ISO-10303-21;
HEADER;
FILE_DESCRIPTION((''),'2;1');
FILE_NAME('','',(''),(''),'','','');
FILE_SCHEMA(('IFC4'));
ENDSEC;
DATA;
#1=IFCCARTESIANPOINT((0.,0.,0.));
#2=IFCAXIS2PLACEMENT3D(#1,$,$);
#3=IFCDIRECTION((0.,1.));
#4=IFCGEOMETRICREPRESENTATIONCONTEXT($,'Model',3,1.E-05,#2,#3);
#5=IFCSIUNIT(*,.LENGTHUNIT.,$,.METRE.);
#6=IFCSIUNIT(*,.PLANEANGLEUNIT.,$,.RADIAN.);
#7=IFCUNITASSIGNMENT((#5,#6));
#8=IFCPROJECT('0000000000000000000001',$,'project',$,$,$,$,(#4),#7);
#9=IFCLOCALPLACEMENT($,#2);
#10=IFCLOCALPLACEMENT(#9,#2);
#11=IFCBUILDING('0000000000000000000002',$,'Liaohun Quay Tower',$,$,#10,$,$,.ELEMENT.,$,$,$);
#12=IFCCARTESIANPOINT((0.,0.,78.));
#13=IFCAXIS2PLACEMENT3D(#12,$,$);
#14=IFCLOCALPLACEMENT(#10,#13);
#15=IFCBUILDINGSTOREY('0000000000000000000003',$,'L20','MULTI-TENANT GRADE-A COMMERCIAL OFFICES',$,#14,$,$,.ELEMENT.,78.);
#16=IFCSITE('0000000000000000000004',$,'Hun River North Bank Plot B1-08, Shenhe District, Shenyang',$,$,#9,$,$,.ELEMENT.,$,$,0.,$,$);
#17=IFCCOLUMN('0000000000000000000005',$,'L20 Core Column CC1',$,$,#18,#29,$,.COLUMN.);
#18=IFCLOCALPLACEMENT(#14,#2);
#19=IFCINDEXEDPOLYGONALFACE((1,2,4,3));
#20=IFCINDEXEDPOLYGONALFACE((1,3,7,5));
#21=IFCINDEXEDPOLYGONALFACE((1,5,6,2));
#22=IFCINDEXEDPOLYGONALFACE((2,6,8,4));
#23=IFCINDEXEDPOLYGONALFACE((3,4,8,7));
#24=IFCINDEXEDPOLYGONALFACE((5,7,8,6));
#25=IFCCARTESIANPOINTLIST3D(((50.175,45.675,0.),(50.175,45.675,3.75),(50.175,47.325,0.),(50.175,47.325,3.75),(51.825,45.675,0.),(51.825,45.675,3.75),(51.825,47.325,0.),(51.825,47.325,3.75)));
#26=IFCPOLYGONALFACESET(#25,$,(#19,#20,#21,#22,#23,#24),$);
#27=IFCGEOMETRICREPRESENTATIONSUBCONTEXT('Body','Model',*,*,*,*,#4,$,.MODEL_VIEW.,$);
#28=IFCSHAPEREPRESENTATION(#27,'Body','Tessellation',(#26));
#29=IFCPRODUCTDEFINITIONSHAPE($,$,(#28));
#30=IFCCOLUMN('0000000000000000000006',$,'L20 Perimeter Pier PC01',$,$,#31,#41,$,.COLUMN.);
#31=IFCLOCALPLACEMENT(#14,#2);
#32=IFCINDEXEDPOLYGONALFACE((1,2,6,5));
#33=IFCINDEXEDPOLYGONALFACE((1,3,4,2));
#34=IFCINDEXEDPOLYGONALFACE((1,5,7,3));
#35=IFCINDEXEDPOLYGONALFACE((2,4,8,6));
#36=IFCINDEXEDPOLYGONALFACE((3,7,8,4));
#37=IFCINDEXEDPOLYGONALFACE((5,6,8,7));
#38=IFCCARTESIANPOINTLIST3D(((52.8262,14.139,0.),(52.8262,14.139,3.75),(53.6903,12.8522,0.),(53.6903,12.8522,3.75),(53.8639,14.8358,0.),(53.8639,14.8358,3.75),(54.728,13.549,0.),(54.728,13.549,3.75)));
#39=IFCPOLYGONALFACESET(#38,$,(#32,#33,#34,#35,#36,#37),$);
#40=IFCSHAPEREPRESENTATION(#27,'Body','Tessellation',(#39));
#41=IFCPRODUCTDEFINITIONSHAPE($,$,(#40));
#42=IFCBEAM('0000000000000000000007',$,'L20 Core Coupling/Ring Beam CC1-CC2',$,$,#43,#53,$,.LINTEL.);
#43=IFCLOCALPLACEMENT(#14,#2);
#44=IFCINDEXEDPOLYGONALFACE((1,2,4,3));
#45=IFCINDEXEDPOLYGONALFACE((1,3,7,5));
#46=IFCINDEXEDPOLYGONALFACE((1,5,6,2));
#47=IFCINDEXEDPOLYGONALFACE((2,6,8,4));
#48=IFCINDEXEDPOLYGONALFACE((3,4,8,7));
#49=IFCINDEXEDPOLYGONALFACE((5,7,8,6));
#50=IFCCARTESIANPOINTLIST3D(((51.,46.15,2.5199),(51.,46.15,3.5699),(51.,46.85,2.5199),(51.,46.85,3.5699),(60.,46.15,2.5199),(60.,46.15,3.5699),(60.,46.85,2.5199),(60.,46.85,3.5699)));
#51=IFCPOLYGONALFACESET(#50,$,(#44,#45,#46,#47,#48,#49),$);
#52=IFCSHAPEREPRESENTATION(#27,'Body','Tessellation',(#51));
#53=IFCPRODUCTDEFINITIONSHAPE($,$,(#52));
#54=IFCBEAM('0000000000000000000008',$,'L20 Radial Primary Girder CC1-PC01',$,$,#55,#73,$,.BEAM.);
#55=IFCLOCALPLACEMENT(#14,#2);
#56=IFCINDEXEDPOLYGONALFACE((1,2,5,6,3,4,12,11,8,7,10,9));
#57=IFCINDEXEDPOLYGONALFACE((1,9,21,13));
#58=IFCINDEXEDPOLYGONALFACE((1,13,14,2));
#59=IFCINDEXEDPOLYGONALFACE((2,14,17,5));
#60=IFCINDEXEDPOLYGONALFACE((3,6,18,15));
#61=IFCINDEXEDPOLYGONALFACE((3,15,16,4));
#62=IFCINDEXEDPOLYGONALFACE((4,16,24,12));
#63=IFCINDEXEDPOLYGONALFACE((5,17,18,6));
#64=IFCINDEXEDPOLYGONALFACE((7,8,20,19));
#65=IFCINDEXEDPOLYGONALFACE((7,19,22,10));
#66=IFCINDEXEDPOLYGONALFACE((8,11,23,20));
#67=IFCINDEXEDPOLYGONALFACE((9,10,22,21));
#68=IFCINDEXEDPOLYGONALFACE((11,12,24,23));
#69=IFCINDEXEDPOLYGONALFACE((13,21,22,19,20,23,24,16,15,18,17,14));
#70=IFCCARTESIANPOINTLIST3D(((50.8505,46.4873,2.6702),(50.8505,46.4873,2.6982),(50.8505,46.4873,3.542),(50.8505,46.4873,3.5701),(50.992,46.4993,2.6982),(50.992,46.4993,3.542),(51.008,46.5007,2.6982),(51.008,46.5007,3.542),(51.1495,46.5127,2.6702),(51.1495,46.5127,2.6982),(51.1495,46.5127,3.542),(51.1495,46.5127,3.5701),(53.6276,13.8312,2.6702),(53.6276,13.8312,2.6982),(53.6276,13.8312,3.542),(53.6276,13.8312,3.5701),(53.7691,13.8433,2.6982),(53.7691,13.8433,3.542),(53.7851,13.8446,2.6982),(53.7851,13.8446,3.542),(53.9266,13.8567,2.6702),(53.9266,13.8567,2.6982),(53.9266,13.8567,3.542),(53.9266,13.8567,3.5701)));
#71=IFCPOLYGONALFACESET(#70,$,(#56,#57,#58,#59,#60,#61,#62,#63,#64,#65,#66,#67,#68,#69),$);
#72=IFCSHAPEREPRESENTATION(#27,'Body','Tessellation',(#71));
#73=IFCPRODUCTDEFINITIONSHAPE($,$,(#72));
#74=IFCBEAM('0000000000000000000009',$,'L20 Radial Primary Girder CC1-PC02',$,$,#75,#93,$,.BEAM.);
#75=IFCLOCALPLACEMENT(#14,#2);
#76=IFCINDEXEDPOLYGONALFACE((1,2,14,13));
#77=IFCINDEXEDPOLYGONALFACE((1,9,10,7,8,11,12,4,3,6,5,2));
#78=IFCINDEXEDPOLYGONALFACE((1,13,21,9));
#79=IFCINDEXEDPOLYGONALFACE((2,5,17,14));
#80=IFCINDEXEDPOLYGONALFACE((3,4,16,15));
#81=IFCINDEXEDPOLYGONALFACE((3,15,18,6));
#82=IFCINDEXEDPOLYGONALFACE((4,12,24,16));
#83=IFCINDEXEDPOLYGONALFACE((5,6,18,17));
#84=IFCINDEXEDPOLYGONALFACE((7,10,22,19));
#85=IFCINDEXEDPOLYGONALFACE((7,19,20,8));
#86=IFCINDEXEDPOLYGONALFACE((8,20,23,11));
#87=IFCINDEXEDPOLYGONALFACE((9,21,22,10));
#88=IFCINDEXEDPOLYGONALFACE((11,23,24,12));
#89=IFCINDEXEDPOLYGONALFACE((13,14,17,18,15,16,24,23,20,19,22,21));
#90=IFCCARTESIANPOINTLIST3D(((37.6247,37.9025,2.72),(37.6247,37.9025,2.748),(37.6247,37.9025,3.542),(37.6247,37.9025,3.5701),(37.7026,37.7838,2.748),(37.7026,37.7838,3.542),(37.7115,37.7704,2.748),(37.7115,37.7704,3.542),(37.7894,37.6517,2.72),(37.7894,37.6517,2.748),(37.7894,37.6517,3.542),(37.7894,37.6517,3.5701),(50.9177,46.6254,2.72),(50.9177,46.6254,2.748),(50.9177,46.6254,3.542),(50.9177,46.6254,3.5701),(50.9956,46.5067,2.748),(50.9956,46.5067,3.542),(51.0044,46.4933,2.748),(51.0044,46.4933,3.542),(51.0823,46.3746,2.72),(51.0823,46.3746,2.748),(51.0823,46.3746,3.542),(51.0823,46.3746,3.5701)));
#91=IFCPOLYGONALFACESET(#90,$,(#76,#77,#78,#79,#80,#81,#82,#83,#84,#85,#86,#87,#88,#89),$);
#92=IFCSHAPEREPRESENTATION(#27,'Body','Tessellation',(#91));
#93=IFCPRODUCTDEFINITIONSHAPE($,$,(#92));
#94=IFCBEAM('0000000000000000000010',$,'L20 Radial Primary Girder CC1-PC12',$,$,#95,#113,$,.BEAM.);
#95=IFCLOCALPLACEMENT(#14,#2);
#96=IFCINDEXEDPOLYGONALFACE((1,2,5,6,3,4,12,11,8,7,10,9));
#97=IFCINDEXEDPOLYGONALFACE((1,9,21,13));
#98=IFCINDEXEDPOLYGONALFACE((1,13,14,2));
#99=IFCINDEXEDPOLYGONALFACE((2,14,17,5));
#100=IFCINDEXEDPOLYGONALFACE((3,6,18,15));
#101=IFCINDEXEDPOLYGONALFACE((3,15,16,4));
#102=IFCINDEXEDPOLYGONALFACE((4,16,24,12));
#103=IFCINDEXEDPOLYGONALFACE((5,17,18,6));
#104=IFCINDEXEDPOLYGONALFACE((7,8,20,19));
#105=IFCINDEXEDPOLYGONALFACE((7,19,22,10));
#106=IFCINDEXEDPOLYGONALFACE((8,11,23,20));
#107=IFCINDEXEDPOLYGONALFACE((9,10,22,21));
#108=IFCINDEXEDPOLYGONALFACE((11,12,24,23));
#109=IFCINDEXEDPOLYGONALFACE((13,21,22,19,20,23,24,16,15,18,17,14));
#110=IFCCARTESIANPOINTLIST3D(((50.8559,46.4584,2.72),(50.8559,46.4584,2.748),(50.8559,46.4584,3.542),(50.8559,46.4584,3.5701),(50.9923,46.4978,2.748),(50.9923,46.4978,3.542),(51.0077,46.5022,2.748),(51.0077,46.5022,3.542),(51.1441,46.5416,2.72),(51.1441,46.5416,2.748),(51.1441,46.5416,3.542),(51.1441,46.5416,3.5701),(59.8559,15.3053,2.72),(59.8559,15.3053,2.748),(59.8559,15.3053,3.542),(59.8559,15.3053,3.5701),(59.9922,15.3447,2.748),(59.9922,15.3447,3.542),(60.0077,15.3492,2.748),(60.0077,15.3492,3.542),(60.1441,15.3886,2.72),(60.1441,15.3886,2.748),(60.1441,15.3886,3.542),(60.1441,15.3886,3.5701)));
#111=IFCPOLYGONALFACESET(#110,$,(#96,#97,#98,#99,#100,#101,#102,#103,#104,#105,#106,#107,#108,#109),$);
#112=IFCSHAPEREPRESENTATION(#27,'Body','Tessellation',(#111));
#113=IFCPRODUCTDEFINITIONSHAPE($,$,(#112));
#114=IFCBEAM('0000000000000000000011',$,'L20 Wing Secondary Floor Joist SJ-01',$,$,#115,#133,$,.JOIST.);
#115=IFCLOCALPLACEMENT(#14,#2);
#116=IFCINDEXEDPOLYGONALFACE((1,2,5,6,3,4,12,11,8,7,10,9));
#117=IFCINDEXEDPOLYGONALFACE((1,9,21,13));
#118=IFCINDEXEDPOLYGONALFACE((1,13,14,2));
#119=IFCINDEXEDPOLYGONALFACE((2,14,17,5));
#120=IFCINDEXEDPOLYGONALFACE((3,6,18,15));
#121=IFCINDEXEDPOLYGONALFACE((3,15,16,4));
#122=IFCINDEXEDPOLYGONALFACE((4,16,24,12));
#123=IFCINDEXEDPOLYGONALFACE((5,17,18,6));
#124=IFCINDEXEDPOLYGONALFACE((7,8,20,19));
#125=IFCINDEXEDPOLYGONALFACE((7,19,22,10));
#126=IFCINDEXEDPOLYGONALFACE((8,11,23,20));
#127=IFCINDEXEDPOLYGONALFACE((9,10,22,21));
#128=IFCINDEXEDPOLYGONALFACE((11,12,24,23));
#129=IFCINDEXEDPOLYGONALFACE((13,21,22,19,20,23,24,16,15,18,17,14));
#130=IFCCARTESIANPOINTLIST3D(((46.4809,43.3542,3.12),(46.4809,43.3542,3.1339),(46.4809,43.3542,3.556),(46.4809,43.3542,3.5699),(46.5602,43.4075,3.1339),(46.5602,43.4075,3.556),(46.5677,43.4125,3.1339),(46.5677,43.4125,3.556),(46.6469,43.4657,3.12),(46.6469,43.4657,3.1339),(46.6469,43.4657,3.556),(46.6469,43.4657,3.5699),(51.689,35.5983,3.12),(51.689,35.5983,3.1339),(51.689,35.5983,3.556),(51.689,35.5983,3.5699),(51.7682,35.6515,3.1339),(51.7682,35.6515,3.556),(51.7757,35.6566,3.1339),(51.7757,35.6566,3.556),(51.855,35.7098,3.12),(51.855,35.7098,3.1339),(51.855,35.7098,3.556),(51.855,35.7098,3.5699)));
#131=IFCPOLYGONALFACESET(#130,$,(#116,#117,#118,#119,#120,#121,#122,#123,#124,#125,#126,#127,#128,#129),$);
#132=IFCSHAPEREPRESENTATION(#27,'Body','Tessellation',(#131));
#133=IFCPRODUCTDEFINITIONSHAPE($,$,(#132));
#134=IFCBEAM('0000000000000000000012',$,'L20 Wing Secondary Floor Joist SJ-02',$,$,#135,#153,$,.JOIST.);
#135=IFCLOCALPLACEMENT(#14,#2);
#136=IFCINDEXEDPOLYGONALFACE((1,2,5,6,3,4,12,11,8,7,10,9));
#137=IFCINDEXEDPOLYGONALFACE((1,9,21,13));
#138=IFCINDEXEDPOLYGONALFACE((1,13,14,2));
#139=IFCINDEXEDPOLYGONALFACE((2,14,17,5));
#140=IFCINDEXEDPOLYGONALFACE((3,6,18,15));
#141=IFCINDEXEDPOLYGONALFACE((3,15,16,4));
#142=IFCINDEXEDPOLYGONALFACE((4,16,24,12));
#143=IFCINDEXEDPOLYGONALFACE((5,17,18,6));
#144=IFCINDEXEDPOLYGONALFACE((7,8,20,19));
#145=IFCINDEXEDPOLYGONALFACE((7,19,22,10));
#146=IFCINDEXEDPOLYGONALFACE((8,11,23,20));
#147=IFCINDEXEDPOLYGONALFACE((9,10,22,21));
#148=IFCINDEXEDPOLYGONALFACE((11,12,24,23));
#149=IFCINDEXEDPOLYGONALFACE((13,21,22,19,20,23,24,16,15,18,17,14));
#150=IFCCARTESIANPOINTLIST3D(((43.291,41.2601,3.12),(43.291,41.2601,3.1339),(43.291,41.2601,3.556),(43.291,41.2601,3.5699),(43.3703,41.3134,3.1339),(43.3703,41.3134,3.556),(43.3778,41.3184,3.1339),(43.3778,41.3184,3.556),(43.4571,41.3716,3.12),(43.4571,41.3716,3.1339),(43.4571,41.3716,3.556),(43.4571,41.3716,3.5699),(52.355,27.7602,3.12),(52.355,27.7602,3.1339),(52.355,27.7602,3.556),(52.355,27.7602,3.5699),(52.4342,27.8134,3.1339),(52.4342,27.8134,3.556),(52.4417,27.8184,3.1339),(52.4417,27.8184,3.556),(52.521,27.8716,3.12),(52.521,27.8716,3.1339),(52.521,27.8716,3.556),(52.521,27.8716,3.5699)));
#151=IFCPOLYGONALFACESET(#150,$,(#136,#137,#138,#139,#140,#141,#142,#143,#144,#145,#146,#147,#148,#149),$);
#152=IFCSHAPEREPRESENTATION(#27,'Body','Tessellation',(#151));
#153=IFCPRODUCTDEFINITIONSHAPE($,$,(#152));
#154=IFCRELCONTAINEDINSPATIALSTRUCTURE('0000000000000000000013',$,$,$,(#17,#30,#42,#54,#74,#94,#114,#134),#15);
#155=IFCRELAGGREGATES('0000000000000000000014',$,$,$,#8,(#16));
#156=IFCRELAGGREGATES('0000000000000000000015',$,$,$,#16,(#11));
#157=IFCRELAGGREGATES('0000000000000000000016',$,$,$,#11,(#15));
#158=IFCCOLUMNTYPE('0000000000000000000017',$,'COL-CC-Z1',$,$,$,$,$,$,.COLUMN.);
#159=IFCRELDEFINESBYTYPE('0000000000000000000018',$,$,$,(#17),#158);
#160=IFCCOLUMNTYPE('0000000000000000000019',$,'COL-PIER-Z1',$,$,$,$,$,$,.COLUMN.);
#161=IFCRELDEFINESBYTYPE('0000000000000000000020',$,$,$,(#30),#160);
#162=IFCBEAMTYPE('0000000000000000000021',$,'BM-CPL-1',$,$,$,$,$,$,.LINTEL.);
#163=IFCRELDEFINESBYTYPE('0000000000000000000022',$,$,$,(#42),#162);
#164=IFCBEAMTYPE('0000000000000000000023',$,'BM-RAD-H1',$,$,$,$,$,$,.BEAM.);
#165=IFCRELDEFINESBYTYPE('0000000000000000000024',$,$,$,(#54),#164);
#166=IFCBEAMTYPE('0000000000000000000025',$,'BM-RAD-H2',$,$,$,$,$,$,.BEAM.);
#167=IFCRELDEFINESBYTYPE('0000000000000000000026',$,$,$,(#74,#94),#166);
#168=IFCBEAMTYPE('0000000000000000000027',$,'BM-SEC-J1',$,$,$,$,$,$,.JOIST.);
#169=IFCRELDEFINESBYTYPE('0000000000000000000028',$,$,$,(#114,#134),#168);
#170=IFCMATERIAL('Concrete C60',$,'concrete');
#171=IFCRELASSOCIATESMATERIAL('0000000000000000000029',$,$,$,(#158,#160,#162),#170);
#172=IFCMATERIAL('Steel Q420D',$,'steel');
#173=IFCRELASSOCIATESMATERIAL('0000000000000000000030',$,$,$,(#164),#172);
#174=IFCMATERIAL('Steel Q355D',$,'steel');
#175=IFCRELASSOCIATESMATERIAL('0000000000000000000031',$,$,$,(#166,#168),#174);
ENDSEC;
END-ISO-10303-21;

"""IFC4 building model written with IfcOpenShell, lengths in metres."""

from ifc_helpers import new_model, si_unit, direction, frame, origin, origin_2d, place, context, subcontext, project, spatial, rectangle, i_section, extrude, source, transform, mapped, material, material_profile, profile_set, type_object, element, save


model = new_model("IFC4")

# Units and contexts
model_context = context("Model", 3, precision=1e-05, world=origin(), true_north=direction((0.0, 1.0)))
body_context = subcontext(model_context, "Body", "Model", "MODEL_VIEW")
ifc_project = project(units=[si_unit("LENGTHUNIT", "METRE"), si_unit("PLANEANGLEUNIT", "RADIAN")], contexts=[model_context])

# Site, building, storey
site_placement = place(None, origin())
site = spatial("IfcSite", under=ifc_project, at=site_placement, Name="Hun River North Bank Plot B1-08, Shenhe District, Shenyang", CompositionType="ELEMENT", RefElevation=0.0)
building_placement = place(site_placement, origin())
building = spatial("IfcBuilding", under=site, at=building_placement, Name="Liaohun Quay Tower", CompositionType="ELEMENT")
storey_placement = place(building_placement, frame((0.0, 0.0, 78.0)))
storey = spatial("IfcBuildingStorey", under=building, at=storey_placement, Name="L20", Description="MULTI-TENANT GRADE-A COMMERCIAL OFFICES", CompositionType="ELEMENT", Elevation=78.0)

# Columns
ifc_material_1 = material(Name="Concrete C60", Category="concrete")
ifc_material_profile_1 = material_profile(ifc_material_1, rectangle(XDim=1.6499, YDim=1.6499, at=origin_2d()), Name="RC1650x1650")
ifc_profile_set_1 = profile_set([ifc_material_profile_1], Name="Concrete C60")
column_type_1 = type_object("IfcColumnType", Name="COL-CC-Z1", PredefinedType="COLUMN", material=ifc_profile_set_1)
shared_shape_1 = source(origin(), body_context, "Body", "SweptSolid", [
    extrude(rectangle(XDim=1.6499, YDim=1.6499, at=origin_2d()), origin(), (0.0, 0.0, 1.0), 3.75),
])
column_1_placement = place(storey_placement, frame((51.0, 46.5, 0.0), z_axis=(0.0, 0.0, 1.0), x_axis=(1.0, 0.0, 0.0)))
element("IfcColumn", 1, at=column_1_placement, inside=storey, type_object=column_type_1, Name="L20 Core Column CC1", PredefinedType="COLUMN", context=body_context, shape_type="MappedRepresentation", body=[
    mapped(shared_shape_1, transform((0.0, 0.0, 0.0), x_axis=(1.0, 0.0, 0.0), y_axis=(0.0, 1.0, 0.0), z_axis=(0.0, 0.0, 1.0), scale=1.0)),
])
ifc_material_profile_2 = material_profile(ifc_material_1, rectangle(XDim=1.55, YDim=1.25, at=origin_2d()), Name="RC1550x1250")
ifc_profile_set_2 = profile_set([ifc_material_profile_2], Name="Concrete C60")
column_type_2 = type_object("IfcColumnType", Name="COL-PIER-Z1", PredefinedType="COLUMN", material=ifc_profile_set_2)
shared_shape_2 = source(origin(), body_context, "Body", "SweptSolid", [
    extrude(rectangle(XDim=1.55, YDim=1.25, at=origin_2d()), origin(), (0.0, 0.0, 1.0), 3.75),
])
column_2_placement = place(storey_placement, frame((53.7771, 13.844, 0.0), z_axis=(0.0, 0.0, 1.0), x_axis=(-0.557455, 0.830207, 0.0)))
element("IfcColumn", 2, at=column_2_placement, inside=storey, type_object=column_type_2, Name="L20 Perimeter Pier PC01", PredefinedType="COLUMN", context=body_context, shape_type="MappedRepresentation", body=[
    mapped(shared_shape_2, transform((0.0, 0.0, 0.0), x_axis=(1.0, 0.0, 0.0), y_axis=(0.0, 1.0, 0.0), z_axis=(0.0, 0.0, 1.0), scale=1.0)),
])

# Beams
ifc_material_profile_3 = material_profile(ifc_material_1, rectangle(XDim=0.7, YDim=1.05, at=origin_2d()), Name="RC700x1050")
ifc_profile_set_3 = profile_set([ifc_material_profile_3], Name="Concrete C60")
beam_type_1 = type_object("IfcBeamType", Name="BM-CPL-1", PredefinedType="LINTEL", material=ifc_profile_set_3)
shared_shape_3 = source(origin(), body_context, "Body", "SweptSolid", [
    extrude(rectangle(XDim=0.7, YDim=1.05, at=origin_2d()), origin(), (0.0, 0.0, 1.0), 9.0),
])
beam_1_placement = place(storey_placement, frame((51.0, 46.5, 3.0449), z_axis=(1.0, 0.0, 0.0), x_axis=(0.0, 1.0, 0.0)))
element("IfcBeam", 3, at=beam_1_placement, inside=storey, type_object=beam_type_1, Name="L20 Core Coupling/Ring Beam CC1-CC2", PredefinedType="LINTEL", context=body_context, shape_type="MappedRepresentation", body=[
    mapped(shared_shape_3, transform((0.0, 0.0, 0.0), x_axis=(1.0, 0.0, 0.0), y_axis=(0.0, 1.0, 0.0), z_axis=(0.0, 0.0, 1.0), scale=1.0)),
])
ifc_material_2 = material(Name="Steel Q420D", Category="steel")
ifc_material_profile_4 = material_profile(ifc_material_2, i_section(OverallWidth=0.3, OverallDepth=0.8999, WebThickness=0.0161, FlangeThickness=0.0281, at=origin_2d()), Name="HN900x300x16x28")
ifc_profile_set_4 = profile_set([ifc_material_profile_4], Name="Steel Q420D")
beam_type_2 = type_object("IfcBeamType", Name="BM-RAD-H1", PredefinedType="BEAM", material=ifc_profile_set_4)
shared_shape_4 = source(origin(), body_context, "Body", "SweptSolid", [
    extrude(i_section(OverallWidth=0.3, OverallDepth=0.8999, WebThickness=0.0161, FlangeThickness=0.0281, at=origin_2d()), origin(), (0.0, 0.0, 1.0), 32.7739),
])
beam_2_placement = place(storey_placement, frame((51.0, 46.5, 3.1201), z_axis=(0.084735, -0.996404, 0.0), x_axis=(0.996404, 0.084735, 0.0)))
element("IfcBeam", 4, at=beam_2_placement, inside=storey, type_object=beam_type_2, Name="L20 Radial Primary Girder CC1-PC01", PredefinedType="BEAM", context=body_context, shape_type="MappedRepresentation", body=[
    mapped(shared_shape_4, transform((0.0, 0.0, 0.0), x_axis=(1.0, 0.0, 0.0), y_axis=(0.0, 1.0, 0.0), z_axis=(0.0, 0.0, 1.0), scale=1.0)),
])
ifc_material_3 = material(Name="Steel Q355D", Category="steel")
ifc_material_profile_5 = material_profile(ifc_material_3, i_section(OverallWidth=0.3, OverallDepth=0.8501, WebThickness=0.0161, FlangeThickness=0.0281, at=origin_2d()), Name="HN850x300x16x28")
ifc_profile_set_5 = profile_set([ifc_material_profile_5], Name="Steel Q355D")
beam_type_3 = type_object("IfcBeamType", Name="BM-RAD-H2", PredefinedType="BEAM", material=ifc_profile_set_5)
shared_shape_5 = source(origin(), body_context, "Body", "SweptSolid", [
    extrude(i_section(OverallWidth=0.3, OverallDepth=0.8501, WebThickness=0.0161, FlangeThickness=0.0281, at=origin_2d()), origin(), (0.0, 0.0, 1.0), 15.8994),
])
beam_3_placement = place(storey_placement, frame((51.0, 46.5, 3.145), z_axis=(-0.836066, -0.54863, 0.0), x_axis=(0.54863, -0.836066, 0.0)))
element("IfcBeam", 5, at=beam_3_placement, inside=storey, type_object=beam_type_3, Name="L20 Radial Primary Girder CC1-PC02", PredefinedType="BEAM", context=body_context, shape_type="MappedRepresentation", body=[
    mapped(shared_shape_5, transform((0.0, 0.0, 0.0), x_axis=(1.0, 0.0, 0.0), y_axis=(0.0, 1.0, 0.0), z_axis=(0.0, 0.0, 1.0), scale=1.0)),
])
shared_shape_6 = source(origin(), body_context, "Body", "SweptSolid", [
    extrude(i_section(OverallWidth=0.3, OverallDepth=0.8501, WebThickness=0.0161, FlangeThickness=0.0281, at=origin_2d()), origin(), (0.0, 0.0, 1.0), 32.427),
])
beam_4_placement = place(storey_placement, frame((51.0, 46.5, 3.145), z_axis=(0.277546, -0.960712, 0.0), x_axis=(0.960712, 0.277546, 0.0)))
element("IfcBeam", 6, at=beam_4_placement, inside=storey, type_object=beam_type_3, Name="L20 Radial Primary Girder CC1-PC12", PredefinedType="BEAM", context=body_context, shape_type="MappedRepresentation", body=[
    mapped(shared_shape_6, transform((0.0, 0.0, 0.0), x_axis=(1.0, 0.0, 0.0), y_axis=(0.0, 1.0, 0.0), z_axis=(0.0, 0.0, 1.0), scale=1.0)),
])
ifc_material_profile_6 = material_profile(ifc_material_3, i_section(OverallWidth=0.2, OverallDepth=0.45, WebThickness=0.009, FlangeThickness=0.0139, at=origin_2d()), Name="HN450x200x9x14")
ifc_profile_set_6 = profile_set([ifc_material_profile_6], Name="Steel Q355D")
beam_type_4 = type_object("IfcBeamType", Name="BM-SEC-J1", PredefinedType="JOIST", material=ifc_profile_set_6)
shared_shape_7 = source(origin(), body_context, "Body", "SweptSolid", [
    extrude(i_section(OverallWidth=0.2, OverallDepth=0.45, WebThickness=0.009, FlangeThickness=0.0139, at=origin_2d()), origin(), (0.0, 0.0, 1.0), 9.3423),
])
beam_5_placement = place(storey_placement, frame((51.772, 35.6541, 3.345), z_axis=(-0.557471, 0.830196, 0.0), x_axis=(-0.830196, -0.557471, 0.0)))
element("IfcBeam", 7, at=beam_5_placement, inside=storey, type_object=beam_type_4, Name="L20 Wing Secondary Floor Joist SJ-01", PredefinedType="JOIST", context=body_context, shape_type="MappedRepresentation", body=[
    mapped(shared_shape_7, transform((0.0, 0.0, 0.0), x_axis=(1.0, 0.0, 0.0), y_axis=(0.0, 1.0, 0.0), z_axis=(0.0, 0.0, 1.0), scale=1.0)),
])
shared_shape_8 = source(origin(), body_context, "Body", "SweptSolid", [
    extrude(i_section(OverallWidth=0.2, OverallDepth=0.45, WebThickness=0.009, FlangeThickness=0.0139, at=origin_2d()), origin(), (0.0, 0.0, 1.0), 16.2605),
])
beam_6_placement = place(storey_placement, frame((52.438, 27.8159, 3.345), z_axis=(-0.557421, 0.83023, 0.0), x_axis=(-0.83023, -0.557421, 0.0)))
element("IfcBeam", 8, at=beam_6_placement, inside=storey, type_object=beam_type_4, Name="L20 Wing Secondary Floor Joist SJ-02", PredefinedType="JOIST", context=body_context, shape_type="MappedRepresentation", body=[
    mapped(shared_shape_8, transform((0.0, 0.0, 0.0), x_axis=(1.0, 0.0, 0.0), y_axis=(0.0, 1.0, 0.0), z_axis=(0.0, 0.0, 1.0), scale=1.0)),
])

save(model, "model.ifc")
